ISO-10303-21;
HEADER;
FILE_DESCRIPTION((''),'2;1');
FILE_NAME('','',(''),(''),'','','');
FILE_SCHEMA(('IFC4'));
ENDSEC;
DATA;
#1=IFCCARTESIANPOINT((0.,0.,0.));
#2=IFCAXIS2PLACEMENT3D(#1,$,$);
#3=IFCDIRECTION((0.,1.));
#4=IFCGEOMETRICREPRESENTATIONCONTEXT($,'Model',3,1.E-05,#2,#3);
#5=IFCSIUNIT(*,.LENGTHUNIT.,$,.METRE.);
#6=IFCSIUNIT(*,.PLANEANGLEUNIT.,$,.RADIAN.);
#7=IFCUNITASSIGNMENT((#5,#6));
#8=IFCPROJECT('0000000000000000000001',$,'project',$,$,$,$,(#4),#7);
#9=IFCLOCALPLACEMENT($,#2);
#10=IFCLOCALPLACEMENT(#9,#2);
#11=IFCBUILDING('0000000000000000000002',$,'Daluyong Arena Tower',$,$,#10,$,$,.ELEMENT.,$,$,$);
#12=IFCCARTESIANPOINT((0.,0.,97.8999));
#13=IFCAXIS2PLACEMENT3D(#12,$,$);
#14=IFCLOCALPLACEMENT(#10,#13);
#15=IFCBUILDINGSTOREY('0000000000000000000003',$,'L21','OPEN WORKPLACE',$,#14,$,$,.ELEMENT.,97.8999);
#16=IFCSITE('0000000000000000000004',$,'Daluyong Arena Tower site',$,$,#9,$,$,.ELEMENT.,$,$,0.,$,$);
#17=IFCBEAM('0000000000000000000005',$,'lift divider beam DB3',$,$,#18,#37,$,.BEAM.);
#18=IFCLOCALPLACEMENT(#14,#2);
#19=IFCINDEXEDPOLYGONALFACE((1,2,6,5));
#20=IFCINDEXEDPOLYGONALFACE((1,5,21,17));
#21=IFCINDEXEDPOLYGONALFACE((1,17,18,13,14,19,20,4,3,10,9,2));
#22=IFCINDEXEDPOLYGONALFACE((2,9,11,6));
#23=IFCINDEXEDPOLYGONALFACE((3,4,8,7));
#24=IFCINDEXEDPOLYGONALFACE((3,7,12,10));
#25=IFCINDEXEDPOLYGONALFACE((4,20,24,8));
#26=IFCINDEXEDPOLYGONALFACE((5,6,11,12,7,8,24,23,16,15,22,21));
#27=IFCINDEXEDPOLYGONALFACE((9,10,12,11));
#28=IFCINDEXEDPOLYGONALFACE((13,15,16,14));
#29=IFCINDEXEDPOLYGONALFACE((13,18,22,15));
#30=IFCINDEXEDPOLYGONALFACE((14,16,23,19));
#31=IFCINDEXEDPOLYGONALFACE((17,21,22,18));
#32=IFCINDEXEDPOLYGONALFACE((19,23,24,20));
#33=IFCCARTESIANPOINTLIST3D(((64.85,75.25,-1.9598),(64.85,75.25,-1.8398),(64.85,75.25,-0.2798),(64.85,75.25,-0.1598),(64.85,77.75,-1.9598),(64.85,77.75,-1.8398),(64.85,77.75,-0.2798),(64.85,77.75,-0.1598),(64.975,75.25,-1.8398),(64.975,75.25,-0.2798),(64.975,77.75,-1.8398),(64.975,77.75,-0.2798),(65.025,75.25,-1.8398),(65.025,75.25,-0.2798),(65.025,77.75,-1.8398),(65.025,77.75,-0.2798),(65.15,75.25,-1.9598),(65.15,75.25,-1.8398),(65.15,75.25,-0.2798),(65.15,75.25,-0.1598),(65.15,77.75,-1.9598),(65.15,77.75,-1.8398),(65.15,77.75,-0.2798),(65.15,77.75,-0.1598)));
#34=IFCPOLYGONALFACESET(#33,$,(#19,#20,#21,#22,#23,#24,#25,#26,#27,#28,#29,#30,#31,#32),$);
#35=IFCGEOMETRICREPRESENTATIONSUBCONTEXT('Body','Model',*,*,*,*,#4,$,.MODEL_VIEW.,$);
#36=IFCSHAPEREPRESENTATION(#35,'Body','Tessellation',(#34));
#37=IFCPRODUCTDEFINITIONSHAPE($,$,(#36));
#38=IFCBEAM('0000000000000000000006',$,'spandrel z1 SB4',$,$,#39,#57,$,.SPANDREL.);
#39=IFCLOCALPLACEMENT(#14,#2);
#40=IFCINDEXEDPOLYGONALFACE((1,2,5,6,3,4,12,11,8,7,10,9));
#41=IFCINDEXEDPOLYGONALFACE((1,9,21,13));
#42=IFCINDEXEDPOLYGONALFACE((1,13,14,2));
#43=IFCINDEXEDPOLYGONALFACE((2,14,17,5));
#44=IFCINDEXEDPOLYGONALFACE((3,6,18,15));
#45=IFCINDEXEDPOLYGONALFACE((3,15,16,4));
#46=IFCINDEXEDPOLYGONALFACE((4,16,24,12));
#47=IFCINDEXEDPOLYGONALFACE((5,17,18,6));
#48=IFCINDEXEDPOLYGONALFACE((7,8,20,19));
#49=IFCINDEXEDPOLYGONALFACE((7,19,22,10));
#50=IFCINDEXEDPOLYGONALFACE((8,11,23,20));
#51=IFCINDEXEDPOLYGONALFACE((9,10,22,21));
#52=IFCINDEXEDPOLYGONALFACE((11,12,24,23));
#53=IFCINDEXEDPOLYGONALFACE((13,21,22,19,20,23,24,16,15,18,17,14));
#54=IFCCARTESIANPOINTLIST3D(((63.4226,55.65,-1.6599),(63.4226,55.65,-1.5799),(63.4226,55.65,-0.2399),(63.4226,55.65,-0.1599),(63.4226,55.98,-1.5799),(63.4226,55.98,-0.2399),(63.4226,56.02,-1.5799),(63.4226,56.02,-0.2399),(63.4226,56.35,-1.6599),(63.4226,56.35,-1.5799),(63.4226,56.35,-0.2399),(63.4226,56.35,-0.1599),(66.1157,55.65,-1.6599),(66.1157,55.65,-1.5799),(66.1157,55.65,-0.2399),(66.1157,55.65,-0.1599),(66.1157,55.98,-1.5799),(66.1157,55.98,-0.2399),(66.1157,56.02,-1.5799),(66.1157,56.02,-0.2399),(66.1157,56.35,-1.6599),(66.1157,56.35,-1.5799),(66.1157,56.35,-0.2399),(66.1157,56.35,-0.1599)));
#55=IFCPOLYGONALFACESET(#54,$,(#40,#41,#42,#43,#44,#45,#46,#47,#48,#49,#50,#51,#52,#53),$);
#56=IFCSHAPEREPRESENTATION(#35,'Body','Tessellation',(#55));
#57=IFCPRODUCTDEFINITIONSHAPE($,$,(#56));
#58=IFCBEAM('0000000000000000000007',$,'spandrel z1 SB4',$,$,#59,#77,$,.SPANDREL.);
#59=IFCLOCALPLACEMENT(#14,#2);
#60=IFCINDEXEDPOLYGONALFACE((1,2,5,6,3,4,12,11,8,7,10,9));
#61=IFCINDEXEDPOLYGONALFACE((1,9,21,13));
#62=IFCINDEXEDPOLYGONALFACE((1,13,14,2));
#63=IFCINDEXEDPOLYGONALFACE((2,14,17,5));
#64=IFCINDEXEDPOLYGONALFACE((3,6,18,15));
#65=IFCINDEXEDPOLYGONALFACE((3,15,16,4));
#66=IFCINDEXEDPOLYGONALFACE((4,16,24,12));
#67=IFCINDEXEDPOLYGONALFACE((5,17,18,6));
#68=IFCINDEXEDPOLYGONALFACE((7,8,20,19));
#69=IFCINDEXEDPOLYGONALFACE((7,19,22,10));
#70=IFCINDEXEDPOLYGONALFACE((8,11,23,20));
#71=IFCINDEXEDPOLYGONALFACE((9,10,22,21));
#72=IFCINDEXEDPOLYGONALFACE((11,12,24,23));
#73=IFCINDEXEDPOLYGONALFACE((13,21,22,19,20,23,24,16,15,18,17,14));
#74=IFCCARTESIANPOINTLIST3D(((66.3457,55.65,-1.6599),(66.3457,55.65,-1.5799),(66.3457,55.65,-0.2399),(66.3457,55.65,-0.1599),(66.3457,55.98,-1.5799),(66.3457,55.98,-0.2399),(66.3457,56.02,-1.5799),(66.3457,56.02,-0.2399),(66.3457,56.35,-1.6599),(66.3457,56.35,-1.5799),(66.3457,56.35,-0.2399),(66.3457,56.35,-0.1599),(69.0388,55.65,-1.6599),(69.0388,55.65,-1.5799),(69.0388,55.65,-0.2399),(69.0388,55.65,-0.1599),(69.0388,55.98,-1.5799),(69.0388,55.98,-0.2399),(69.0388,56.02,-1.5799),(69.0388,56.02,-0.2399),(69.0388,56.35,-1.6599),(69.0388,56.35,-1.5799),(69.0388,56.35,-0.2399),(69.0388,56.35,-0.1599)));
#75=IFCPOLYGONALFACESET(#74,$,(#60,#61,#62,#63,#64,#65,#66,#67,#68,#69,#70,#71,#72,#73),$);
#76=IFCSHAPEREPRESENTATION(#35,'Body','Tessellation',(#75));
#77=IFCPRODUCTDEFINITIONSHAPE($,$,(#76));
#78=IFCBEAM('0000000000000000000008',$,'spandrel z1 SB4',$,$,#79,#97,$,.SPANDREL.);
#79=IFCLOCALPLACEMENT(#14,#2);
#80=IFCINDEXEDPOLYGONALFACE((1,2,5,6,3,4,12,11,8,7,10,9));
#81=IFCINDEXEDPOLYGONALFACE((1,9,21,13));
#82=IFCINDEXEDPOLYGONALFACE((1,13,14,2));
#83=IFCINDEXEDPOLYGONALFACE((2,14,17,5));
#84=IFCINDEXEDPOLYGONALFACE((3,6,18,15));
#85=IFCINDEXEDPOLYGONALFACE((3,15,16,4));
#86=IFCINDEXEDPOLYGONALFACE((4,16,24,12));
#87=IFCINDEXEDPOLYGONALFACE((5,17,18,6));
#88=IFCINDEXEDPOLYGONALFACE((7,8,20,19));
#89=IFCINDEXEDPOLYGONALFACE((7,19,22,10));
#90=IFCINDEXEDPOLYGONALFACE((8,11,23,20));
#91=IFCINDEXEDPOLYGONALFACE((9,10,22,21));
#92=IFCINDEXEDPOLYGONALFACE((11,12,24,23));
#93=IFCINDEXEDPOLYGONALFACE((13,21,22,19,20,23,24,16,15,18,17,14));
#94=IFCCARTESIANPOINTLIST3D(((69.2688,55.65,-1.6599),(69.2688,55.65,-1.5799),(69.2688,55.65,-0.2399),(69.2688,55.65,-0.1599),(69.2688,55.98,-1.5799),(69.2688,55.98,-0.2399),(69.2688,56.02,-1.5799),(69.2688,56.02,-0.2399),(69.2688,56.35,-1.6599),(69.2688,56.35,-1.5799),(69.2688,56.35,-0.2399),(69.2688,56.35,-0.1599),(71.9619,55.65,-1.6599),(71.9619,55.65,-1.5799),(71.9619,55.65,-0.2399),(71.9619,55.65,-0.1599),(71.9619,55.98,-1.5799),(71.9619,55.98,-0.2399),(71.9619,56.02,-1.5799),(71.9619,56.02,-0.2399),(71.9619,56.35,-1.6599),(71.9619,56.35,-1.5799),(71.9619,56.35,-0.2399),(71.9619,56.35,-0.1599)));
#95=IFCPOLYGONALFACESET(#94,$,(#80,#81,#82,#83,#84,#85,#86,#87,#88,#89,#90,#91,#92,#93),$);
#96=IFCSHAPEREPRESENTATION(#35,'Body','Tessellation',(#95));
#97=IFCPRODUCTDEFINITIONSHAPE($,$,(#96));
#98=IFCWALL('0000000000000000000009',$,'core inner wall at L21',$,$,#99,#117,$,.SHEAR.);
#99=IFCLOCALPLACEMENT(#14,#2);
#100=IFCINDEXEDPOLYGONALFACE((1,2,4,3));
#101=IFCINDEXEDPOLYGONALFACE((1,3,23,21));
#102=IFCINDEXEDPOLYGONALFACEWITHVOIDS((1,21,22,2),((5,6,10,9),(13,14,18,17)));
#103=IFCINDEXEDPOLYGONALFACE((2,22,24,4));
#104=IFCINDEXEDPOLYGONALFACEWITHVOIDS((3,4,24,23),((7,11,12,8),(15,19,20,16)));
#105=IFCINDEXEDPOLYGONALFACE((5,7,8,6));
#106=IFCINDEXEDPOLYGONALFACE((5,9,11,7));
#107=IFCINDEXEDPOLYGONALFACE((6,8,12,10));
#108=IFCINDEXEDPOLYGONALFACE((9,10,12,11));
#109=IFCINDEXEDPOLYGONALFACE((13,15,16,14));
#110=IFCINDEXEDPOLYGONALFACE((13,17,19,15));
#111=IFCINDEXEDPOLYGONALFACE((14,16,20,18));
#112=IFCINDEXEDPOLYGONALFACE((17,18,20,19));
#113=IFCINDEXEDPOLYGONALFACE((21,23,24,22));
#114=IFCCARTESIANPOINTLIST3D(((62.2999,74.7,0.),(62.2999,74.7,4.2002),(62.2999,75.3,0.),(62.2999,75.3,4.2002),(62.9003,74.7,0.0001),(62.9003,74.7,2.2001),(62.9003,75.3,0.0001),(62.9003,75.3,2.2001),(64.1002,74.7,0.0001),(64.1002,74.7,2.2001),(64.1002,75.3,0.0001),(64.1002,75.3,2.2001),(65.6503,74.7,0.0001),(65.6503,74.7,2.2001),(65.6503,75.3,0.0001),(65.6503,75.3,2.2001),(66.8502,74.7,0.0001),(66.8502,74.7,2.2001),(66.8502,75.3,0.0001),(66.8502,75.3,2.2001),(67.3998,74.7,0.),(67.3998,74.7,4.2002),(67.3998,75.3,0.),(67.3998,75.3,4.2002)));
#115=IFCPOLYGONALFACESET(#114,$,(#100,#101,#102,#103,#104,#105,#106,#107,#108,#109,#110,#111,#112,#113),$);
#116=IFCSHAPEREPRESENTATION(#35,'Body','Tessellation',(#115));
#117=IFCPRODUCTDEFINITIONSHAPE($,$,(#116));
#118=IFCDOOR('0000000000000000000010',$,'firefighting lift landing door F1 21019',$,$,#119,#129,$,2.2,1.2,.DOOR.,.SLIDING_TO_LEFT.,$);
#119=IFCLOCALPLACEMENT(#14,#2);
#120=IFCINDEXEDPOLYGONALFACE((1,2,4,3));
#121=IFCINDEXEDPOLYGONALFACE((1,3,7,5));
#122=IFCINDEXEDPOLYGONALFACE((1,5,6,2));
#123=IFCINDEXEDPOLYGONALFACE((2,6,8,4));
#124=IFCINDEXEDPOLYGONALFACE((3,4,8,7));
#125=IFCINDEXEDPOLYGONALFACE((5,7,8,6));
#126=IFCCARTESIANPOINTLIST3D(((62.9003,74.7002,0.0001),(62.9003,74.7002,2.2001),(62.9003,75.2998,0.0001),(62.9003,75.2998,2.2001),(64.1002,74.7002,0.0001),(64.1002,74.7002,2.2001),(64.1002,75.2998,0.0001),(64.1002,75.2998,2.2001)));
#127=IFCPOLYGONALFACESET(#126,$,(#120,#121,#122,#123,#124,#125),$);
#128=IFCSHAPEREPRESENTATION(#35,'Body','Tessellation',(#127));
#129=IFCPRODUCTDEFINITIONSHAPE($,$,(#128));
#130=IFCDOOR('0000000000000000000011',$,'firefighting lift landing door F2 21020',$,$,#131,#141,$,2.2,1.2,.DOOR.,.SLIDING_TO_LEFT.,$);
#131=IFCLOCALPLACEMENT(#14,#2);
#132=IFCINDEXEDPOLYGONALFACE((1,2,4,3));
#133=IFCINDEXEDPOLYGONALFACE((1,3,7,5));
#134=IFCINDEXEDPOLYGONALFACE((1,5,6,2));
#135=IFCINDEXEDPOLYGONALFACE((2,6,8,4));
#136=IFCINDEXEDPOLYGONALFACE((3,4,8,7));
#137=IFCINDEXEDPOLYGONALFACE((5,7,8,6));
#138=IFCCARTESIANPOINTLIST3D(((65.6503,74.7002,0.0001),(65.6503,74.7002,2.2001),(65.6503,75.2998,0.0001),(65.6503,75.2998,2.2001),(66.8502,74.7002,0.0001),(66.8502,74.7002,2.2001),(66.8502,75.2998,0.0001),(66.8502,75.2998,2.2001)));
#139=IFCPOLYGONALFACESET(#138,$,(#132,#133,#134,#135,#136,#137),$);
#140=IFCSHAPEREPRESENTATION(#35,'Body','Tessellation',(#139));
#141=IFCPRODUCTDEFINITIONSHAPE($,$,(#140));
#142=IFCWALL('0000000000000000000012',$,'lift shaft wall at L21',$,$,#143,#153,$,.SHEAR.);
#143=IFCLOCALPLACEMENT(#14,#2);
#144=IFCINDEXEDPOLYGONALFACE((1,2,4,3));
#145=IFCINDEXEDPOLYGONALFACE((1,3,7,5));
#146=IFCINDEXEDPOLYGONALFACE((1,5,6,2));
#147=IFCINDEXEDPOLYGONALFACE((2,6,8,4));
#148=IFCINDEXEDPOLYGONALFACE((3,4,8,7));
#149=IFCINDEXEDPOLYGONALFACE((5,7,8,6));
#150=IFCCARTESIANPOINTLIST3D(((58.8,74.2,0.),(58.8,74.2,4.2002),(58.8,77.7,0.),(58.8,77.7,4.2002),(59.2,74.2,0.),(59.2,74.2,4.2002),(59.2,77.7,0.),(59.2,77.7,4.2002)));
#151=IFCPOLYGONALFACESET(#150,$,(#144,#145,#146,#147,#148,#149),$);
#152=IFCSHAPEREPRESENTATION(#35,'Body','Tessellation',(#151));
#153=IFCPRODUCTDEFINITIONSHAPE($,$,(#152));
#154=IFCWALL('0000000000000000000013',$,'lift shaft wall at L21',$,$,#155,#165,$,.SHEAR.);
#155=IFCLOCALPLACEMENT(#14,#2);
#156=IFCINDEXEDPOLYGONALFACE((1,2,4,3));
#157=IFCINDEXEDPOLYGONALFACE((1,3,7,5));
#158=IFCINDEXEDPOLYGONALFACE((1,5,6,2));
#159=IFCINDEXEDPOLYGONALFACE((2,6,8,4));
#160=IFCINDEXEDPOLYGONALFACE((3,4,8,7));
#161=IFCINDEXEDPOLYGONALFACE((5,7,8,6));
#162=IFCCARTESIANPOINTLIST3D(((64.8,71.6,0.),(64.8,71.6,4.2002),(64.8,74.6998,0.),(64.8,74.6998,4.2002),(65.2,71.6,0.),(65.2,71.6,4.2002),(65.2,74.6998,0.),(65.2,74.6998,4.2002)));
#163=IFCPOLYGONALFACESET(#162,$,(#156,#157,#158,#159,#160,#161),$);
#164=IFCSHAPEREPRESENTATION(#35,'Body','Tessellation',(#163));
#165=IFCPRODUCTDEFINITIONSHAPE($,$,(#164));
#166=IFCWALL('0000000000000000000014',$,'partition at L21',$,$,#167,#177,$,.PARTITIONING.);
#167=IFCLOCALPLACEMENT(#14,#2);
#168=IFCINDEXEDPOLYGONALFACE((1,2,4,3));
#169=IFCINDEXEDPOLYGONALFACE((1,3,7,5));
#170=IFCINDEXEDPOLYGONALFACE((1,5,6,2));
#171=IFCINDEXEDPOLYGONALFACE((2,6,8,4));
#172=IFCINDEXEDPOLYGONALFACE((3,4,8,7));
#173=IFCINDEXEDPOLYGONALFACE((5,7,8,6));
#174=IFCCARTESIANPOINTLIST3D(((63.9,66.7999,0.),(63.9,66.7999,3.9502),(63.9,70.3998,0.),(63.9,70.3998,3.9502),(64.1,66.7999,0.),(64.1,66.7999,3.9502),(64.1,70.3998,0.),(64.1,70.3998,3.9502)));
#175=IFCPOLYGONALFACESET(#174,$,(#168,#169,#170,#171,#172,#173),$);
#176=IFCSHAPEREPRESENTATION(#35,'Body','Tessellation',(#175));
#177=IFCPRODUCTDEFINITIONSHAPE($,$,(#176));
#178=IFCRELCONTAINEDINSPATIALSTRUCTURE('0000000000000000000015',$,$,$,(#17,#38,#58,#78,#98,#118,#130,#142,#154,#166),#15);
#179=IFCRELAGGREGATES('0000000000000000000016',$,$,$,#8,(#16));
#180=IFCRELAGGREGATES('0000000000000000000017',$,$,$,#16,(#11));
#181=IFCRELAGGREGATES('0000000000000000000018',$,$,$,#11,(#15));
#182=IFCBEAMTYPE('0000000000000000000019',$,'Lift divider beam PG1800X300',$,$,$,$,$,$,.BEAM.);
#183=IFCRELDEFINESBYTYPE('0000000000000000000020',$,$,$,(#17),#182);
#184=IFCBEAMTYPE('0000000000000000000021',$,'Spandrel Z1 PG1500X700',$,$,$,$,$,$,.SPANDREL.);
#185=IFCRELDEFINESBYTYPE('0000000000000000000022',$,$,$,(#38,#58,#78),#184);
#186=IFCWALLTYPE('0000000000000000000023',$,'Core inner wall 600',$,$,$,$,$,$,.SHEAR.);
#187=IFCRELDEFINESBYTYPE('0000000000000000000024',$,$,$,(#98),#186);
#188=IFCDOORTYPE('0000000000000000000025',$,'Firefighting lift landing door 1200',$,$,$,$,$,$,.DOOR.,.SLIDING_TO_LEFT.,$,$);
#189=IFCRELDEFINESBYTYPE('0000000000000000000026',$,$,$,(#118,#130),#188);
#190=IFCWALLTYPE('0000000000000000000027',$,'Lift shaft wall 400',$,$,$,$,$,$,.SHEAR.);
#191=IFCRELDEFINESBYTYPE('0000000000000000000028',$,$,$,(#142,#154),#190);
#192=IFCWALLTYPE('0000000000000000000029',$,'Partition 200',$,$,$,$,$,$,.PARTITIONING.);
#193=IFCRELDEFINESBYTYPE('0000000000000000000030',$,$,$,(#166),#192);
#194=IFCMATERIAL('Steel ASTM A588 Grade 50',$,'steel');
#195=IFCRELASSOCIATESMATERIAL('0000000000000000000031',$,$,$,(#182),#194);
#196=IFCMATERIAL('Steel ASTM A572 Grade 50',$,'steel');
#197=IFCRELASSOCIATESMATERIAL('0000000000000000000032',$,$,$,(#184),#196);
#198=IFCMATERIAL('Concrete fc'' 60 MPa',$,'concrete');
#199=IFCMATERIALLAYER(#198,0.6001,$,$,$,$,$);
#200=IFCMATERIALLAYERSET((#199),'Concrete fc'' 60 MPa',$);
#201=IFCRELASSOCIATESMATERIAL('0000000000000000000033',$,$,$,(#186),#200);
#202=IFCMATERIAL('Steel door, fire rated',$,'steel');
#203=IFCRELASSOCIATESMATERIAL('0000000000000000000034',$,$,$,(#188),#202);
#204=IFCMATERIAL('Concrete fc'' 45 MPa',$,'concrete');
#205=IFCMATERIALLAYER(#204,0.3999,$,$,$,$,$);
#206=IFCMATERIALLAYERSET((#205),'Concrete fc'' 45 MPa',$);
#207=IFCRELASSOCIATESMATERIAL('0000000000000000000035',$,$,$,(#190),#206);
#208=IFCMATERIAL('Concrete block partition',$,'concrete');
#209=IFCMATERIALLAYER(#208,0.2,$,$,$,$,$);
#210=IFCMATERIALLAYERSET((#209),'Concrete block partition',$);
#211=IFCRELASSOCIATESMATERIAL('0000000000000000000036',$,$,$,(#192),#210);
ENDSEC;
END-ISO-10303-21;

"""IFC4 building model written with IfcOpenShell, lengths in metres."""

from ifc_helpers import new_model, si_unit, direction, frame, frame_2d, origin, origin_2d, place, context, subcontext, project, spatial, rectangle, i_section, extrude, material, layer, layer_set, material_profile, profile_set, type_object, element, fill, save


model = new_model("IFC4")

# Units and contexts
model_context = context("Model", 3, precision=1e-05, world=origin(), true_north=direction((0.0, 1.0)))
body_context = subcontext(model_context, "Body", "Model", "MODEL_VIEW")
ifc_project = project(units=[si_unit("LENGTHUNIT", "METRE"), si_unit("PLANEANGLEUNIT", "RADIAN")], contexts=[model_context])

# Site, building, storey
site_placement = place(None, origin())
site = spatial("IfcSite", under=ifc_project, at=site_placement, Name="Daluyong Arena Tower site", CompositionType="ELEMENT", RefElevation=0.0)
building_placement = place(site_placement, origin())
building = spatial("IfcBuilding", under=site, at=building_placement, Name="Daluyong Arena Tower", CompositionType="ELEMENT")
storey_placement = place(building_placement, frame((0.0, 0.0, 97.8999)))
storey = spatial("IfcBuildingStorey", under=building, at=storey_placement, Name="L21", Description="OPEN WORKPLACE", CompositionType="ELEMENT", Elevation=97.8999)

# Beams
ifc_material_1 = material(Name="Steel ASTM A588 Grade 50", Category="steel")
ifc_material_profile_1 = material_profile(ifc_material_1, i_section(OverallWidth=0.3, OverallDepth=1.8, WebThickness=0.05, FlangeThickness=0.12, at=origin_2d()))
ifc_profile_set_1 = profile_set([ifc_material_profile_1], Name="Steel ASTM A588 Grade 50")
beam_type_1 = type_object("IfcBeamType", Name="Lift divider beam PG1800X300", PredefinedType="BEAM", material=ifc_profile_set_1)
beam_1_placement = place(storey_placement, frame((65.0, 75.25, -1.0598), z_axis=(0.0, 1.0, 0.0), x_axis=(-1.0, 0.0, 0.0)))
element("IfcBeam", 1, at=beam_1_placement, inside=storey, type_object=beam_type_1, Name="lift divider beam DB3", PredefinedType="BEAM", context=body_context, shape_type="SweptSolid", body=[
    extrude(i_section(OverallWidth=0.3, OverallDepth=1.8, WebThickness=0.05, FlangeThickness=0.12, at=origin_2d()), origin(), (0.0, 0.0, 1.0), 2.5),
])
ifc_material_2 = material(Name="Steel ASTM A572 Grade 50", Category="steel")
ifc_material_profile_2 = material_profile(ifc_material_2, i_section(OverallWidth=0.7, OverallDepth=1.5, WebThickness=0.04, FlangeThickness=0.08, at=origin_2d()))
ifc_profile_set_2 = profile_set([ifc_material_profile_2], Name="Steel ASTM A572 Grade 50")
beam_type_2 = type_object("IfcBeamType", Name="Spandrel Z1 PG1500X700", PredefinedType="SPANDREL", material=ifc_profile_set_2)
for number, where, z_axis, x_axis, name in (
    (2, (63.4226, 56.0, -0.9099), (1.0, 0.0, 0.0), (0.0, 1.0, 0.0), "spandrel z1 SB4"),
    (3, (66.3457, 56.0, -0.9099), (1.0, 0.0, 0.0), (0.0, 1.0, 0.0), "spandrel z1 SB4"),
    (4, (69.2688, 56.0, -0.9099), (1.0, 0.0, 0.0), (0.0, 1.0, 0.0), "spandrel z1 SB4"),
):
    element("IfcBeam", number, at=place(storey_placement, frame(where, z_axis=z_axis, x_axis=x_axis)), inside=storey, type_object=beam_type_2, Name=name, PredefinedType="SPANDREL", context=body_context, shape_type="SweptSolid", body=[
        extrude(i_section(OverallWidth=0.7, OverallDepth=1.5, WebThickness=0.04, FlangeThickness=0.08, at=origin_2d()), origin(), (0.0, 0.0, 1.0), 2.6931),
    ])

# Shared definitions
ifc_material_3 = material(Name="Concrete fc' 60 MPa", Category="concrete")
ifc_layer_1 = layer(ifc_material_3, 0.6001)
ifc_layer_set_1 = layer_set([ifc_layer_1], Name="Concrete fc' 60 MPa")
wall_type_1 = type_object("IfcWallType", Name="Core inner wall 600", PredefinedType="SHEAR", material=ifc_layer_set_1)

# Wall, openings, doors
wall_1_placement = place(storey_placement, frame((62.3, 75.0, 0.0), z_axis=(0.0, 0.0, 1.0), x_axis=(1.0, 0.0, 0.0)))
wall_1 = element("IfcWall", 5, at=wall_1_placement, inside=storey, type_object=wall_type_1, Name="core inner wall at L21", PredefinedType="SHEAR", context=body_context, shape_type="SweptSolid", body=[
    extrude(rectangle(XDim=5.0999, YDim=0.6001, at=frame_2d((2.5498, 0.0))), origin(), (0.0, 0.0, 1.0), 4.2002),
])
opening_1_placement = place(wall_1_placement, frame((0.6001, 0.0, 0.0)))
opening_1 = element("IfcOpeningElement", 6, at=opening_1_placement, cuts=wall_1, PredefinedType="OPENING", context=body_context, shape_type="SweptSolid", body=[
    extrude(rectangle(XDim=1.2, YDim=2.2, at=frame_2d((0.6001, 1.1001))), frame((0.0, 0.3101, 0.0), z_axis=(0.0, -1.0, 0.0), x_axis=(1.0, 0.0, 0.0)), (0.0, 0.0, 1.0), 0.6201),
])
opening_2_placement = place(wall_1_placement, frame((3.3501, 0.0, 0.0)))
opening_2 = element("IfcOpeningElement", 7, at=opening_2_placement, cuts=wall_1, PredefinedType="OPENING", context=body_context, shape_type="SweptSolid", body=[
    extrude(rectangle(XDim=1.2, YDim=2.2, at=frame_2d((0.6001, 1.1001))), frame((0.0, 0.3101, 0.0), z_axis=(0.0, -1.0, 0.0), x_axis=(1.0, 0.0, 0.0)), (0.0, 0.0, 1.0), 0.6201),
])
ifc_material_4 = material(Name="Steel door, fire rated", Category="steel")
door_type_1 = type_object("IfcDoorType", Name="Firefighting lift landing door 1200", OperationType="SLIDING_TO_LEFT", PredefinedType="DOOR", material=ifc_material_4)
door_1_placement = place(opening_1_placement, origin())
door_1 = element("IfcDoor", 8, at=door_1_placement, inside=storey, type_object=door_type_1, Name="firefighting lift landing door F1 21019", OperationType="SLIDING_TO_LEFT", OverallHeight=2.2, OverallWidth=1.2, PredefinedType="DOOR", context=body_context, shape_type="SweptSolid", body=[
    extrude(rectangle(XDim=1.2, YDim=2.2, at=frame_2d((0.6001, 1.1001))), frame((0.0, 0.2998, 0.0), z_axis=(0.0, -1.0, 0.0), x_axis=(1.0, 0.0, 0.0)), (0.0, 0.0, 1.0), 0.5996),
])
fill(opening_1, door_1)
door_2_placement = place(opening_2_placement, origin())
door_2 = element("IfcDoor", 9, at=door_2_placement, inside=storey, type_object=door_type_1, Name="firefighting lift landing door F2 21020", OperationType="SLIDING_TO_LEFT", OverallHeight=2.2, OverallWidth=1.2, PredefinedType="DOOR", context=body_context, shape_type="SweptSolid", body=[
    extrude(rectangle(XDim=1.2, YDim=2.2, at=frame_2d((0.6001, 1.1001))), frame((0.0, 0.2998, 0.0), z_axis=(0.0, -1.0, 0.0), x_axis=(1.0, 0.0, 0.0)), (0.0, 0.0, 1.0), 0.5996),
])
fill(opening_2, door_2)

# Walls
ifc_material_5 = material(Name="Concrete fc' 45 MPa", Category="concrete")
ifc_layer_2 = layer(ifc_material_5, 0.3999)
ifc_layer_set_2 = layer_set([ifc_layer_2], Name="Concrete fc' 45 MPa")
wall_type_2 = type_object("IfcWallType", Name="Lift shaft wall 400", PredefinedType="SHEAR", material=ifc_layer_set_2)
wall_2_placement = place(storey_placement, frame((59.0, 74.2, 0.0), z_axis=(0.0, 0.0, 1.0), x_axis=(0.0, 1.0, 0.0)))
element("IfcWall", 10, at=wall_2_placement, inside=storey, type_object=wall_type_2, Name="lift shaft wall at L21", PredefinedType="SHEAR", context=body_context, shape_type="SweptSolid", body=[
    extrude(rectangle(XDim=3.5, YDim=0.3999, at=frame_2d((1.75, 0.0))), origin(), (0.0, 0.0, 1.0), 4.2002),
])
wall_3_placement = place(storey_placement, frame((65.0, 71.6001, 0.0), z_axis=(0.0, 0.0, 1.0), x_axis=(0.0, 1.0, 0.0)))
element("IfcWall", 11, at=wall_3_placement, inside=storey, type_object=wall_type_2, Name="lift shaft wall at L21", PredefinedType="SHEAR", context=body_context, shape_type="SweptSolid", body=[
    extrude(rectangle(XDim=3.0999, YDim=0.3999, at=frame_2d((1.5498, 0.0))), origin(), (0.0, 0.0, 1.0), 4.2002),
])
ifc_material_6 = material(Name="Concrete block partition", Category="concrete")
ifc_layer_3 = layer(ifc_material_6, 0.2)
ifc_layer_set_3 = layer_set([ifc_layer_3], Name="Concrete block partition")
wall_type_3 = type_object("IfcWallType", Name="Partition 200", PredefinedType="PARTITIONING", material=ifc_layer_set_3)
wall_4_placement = place(storey_placement, frame((64.0, 66.8, 0.0), z_axis=(0.0, 0.0, 1.0), x_axis=(0.0, 1.0, 0.0)))
element("IfcWall", 12, at=wall_4_placement, inside=storey, type_object=wall_type_3, Name="partition at L21", PredefinedType="PARTITIONING", context=body_context, shape_type="SweptSolid", body=[
    extrude(rectangle(XDim=3.5999, YDim=0.2, at=frame_2d((1.7998, 0.0))), origin(), (0.0, 0.0, 1.0), 3.9502),
])

save(model, "model.ifc")
